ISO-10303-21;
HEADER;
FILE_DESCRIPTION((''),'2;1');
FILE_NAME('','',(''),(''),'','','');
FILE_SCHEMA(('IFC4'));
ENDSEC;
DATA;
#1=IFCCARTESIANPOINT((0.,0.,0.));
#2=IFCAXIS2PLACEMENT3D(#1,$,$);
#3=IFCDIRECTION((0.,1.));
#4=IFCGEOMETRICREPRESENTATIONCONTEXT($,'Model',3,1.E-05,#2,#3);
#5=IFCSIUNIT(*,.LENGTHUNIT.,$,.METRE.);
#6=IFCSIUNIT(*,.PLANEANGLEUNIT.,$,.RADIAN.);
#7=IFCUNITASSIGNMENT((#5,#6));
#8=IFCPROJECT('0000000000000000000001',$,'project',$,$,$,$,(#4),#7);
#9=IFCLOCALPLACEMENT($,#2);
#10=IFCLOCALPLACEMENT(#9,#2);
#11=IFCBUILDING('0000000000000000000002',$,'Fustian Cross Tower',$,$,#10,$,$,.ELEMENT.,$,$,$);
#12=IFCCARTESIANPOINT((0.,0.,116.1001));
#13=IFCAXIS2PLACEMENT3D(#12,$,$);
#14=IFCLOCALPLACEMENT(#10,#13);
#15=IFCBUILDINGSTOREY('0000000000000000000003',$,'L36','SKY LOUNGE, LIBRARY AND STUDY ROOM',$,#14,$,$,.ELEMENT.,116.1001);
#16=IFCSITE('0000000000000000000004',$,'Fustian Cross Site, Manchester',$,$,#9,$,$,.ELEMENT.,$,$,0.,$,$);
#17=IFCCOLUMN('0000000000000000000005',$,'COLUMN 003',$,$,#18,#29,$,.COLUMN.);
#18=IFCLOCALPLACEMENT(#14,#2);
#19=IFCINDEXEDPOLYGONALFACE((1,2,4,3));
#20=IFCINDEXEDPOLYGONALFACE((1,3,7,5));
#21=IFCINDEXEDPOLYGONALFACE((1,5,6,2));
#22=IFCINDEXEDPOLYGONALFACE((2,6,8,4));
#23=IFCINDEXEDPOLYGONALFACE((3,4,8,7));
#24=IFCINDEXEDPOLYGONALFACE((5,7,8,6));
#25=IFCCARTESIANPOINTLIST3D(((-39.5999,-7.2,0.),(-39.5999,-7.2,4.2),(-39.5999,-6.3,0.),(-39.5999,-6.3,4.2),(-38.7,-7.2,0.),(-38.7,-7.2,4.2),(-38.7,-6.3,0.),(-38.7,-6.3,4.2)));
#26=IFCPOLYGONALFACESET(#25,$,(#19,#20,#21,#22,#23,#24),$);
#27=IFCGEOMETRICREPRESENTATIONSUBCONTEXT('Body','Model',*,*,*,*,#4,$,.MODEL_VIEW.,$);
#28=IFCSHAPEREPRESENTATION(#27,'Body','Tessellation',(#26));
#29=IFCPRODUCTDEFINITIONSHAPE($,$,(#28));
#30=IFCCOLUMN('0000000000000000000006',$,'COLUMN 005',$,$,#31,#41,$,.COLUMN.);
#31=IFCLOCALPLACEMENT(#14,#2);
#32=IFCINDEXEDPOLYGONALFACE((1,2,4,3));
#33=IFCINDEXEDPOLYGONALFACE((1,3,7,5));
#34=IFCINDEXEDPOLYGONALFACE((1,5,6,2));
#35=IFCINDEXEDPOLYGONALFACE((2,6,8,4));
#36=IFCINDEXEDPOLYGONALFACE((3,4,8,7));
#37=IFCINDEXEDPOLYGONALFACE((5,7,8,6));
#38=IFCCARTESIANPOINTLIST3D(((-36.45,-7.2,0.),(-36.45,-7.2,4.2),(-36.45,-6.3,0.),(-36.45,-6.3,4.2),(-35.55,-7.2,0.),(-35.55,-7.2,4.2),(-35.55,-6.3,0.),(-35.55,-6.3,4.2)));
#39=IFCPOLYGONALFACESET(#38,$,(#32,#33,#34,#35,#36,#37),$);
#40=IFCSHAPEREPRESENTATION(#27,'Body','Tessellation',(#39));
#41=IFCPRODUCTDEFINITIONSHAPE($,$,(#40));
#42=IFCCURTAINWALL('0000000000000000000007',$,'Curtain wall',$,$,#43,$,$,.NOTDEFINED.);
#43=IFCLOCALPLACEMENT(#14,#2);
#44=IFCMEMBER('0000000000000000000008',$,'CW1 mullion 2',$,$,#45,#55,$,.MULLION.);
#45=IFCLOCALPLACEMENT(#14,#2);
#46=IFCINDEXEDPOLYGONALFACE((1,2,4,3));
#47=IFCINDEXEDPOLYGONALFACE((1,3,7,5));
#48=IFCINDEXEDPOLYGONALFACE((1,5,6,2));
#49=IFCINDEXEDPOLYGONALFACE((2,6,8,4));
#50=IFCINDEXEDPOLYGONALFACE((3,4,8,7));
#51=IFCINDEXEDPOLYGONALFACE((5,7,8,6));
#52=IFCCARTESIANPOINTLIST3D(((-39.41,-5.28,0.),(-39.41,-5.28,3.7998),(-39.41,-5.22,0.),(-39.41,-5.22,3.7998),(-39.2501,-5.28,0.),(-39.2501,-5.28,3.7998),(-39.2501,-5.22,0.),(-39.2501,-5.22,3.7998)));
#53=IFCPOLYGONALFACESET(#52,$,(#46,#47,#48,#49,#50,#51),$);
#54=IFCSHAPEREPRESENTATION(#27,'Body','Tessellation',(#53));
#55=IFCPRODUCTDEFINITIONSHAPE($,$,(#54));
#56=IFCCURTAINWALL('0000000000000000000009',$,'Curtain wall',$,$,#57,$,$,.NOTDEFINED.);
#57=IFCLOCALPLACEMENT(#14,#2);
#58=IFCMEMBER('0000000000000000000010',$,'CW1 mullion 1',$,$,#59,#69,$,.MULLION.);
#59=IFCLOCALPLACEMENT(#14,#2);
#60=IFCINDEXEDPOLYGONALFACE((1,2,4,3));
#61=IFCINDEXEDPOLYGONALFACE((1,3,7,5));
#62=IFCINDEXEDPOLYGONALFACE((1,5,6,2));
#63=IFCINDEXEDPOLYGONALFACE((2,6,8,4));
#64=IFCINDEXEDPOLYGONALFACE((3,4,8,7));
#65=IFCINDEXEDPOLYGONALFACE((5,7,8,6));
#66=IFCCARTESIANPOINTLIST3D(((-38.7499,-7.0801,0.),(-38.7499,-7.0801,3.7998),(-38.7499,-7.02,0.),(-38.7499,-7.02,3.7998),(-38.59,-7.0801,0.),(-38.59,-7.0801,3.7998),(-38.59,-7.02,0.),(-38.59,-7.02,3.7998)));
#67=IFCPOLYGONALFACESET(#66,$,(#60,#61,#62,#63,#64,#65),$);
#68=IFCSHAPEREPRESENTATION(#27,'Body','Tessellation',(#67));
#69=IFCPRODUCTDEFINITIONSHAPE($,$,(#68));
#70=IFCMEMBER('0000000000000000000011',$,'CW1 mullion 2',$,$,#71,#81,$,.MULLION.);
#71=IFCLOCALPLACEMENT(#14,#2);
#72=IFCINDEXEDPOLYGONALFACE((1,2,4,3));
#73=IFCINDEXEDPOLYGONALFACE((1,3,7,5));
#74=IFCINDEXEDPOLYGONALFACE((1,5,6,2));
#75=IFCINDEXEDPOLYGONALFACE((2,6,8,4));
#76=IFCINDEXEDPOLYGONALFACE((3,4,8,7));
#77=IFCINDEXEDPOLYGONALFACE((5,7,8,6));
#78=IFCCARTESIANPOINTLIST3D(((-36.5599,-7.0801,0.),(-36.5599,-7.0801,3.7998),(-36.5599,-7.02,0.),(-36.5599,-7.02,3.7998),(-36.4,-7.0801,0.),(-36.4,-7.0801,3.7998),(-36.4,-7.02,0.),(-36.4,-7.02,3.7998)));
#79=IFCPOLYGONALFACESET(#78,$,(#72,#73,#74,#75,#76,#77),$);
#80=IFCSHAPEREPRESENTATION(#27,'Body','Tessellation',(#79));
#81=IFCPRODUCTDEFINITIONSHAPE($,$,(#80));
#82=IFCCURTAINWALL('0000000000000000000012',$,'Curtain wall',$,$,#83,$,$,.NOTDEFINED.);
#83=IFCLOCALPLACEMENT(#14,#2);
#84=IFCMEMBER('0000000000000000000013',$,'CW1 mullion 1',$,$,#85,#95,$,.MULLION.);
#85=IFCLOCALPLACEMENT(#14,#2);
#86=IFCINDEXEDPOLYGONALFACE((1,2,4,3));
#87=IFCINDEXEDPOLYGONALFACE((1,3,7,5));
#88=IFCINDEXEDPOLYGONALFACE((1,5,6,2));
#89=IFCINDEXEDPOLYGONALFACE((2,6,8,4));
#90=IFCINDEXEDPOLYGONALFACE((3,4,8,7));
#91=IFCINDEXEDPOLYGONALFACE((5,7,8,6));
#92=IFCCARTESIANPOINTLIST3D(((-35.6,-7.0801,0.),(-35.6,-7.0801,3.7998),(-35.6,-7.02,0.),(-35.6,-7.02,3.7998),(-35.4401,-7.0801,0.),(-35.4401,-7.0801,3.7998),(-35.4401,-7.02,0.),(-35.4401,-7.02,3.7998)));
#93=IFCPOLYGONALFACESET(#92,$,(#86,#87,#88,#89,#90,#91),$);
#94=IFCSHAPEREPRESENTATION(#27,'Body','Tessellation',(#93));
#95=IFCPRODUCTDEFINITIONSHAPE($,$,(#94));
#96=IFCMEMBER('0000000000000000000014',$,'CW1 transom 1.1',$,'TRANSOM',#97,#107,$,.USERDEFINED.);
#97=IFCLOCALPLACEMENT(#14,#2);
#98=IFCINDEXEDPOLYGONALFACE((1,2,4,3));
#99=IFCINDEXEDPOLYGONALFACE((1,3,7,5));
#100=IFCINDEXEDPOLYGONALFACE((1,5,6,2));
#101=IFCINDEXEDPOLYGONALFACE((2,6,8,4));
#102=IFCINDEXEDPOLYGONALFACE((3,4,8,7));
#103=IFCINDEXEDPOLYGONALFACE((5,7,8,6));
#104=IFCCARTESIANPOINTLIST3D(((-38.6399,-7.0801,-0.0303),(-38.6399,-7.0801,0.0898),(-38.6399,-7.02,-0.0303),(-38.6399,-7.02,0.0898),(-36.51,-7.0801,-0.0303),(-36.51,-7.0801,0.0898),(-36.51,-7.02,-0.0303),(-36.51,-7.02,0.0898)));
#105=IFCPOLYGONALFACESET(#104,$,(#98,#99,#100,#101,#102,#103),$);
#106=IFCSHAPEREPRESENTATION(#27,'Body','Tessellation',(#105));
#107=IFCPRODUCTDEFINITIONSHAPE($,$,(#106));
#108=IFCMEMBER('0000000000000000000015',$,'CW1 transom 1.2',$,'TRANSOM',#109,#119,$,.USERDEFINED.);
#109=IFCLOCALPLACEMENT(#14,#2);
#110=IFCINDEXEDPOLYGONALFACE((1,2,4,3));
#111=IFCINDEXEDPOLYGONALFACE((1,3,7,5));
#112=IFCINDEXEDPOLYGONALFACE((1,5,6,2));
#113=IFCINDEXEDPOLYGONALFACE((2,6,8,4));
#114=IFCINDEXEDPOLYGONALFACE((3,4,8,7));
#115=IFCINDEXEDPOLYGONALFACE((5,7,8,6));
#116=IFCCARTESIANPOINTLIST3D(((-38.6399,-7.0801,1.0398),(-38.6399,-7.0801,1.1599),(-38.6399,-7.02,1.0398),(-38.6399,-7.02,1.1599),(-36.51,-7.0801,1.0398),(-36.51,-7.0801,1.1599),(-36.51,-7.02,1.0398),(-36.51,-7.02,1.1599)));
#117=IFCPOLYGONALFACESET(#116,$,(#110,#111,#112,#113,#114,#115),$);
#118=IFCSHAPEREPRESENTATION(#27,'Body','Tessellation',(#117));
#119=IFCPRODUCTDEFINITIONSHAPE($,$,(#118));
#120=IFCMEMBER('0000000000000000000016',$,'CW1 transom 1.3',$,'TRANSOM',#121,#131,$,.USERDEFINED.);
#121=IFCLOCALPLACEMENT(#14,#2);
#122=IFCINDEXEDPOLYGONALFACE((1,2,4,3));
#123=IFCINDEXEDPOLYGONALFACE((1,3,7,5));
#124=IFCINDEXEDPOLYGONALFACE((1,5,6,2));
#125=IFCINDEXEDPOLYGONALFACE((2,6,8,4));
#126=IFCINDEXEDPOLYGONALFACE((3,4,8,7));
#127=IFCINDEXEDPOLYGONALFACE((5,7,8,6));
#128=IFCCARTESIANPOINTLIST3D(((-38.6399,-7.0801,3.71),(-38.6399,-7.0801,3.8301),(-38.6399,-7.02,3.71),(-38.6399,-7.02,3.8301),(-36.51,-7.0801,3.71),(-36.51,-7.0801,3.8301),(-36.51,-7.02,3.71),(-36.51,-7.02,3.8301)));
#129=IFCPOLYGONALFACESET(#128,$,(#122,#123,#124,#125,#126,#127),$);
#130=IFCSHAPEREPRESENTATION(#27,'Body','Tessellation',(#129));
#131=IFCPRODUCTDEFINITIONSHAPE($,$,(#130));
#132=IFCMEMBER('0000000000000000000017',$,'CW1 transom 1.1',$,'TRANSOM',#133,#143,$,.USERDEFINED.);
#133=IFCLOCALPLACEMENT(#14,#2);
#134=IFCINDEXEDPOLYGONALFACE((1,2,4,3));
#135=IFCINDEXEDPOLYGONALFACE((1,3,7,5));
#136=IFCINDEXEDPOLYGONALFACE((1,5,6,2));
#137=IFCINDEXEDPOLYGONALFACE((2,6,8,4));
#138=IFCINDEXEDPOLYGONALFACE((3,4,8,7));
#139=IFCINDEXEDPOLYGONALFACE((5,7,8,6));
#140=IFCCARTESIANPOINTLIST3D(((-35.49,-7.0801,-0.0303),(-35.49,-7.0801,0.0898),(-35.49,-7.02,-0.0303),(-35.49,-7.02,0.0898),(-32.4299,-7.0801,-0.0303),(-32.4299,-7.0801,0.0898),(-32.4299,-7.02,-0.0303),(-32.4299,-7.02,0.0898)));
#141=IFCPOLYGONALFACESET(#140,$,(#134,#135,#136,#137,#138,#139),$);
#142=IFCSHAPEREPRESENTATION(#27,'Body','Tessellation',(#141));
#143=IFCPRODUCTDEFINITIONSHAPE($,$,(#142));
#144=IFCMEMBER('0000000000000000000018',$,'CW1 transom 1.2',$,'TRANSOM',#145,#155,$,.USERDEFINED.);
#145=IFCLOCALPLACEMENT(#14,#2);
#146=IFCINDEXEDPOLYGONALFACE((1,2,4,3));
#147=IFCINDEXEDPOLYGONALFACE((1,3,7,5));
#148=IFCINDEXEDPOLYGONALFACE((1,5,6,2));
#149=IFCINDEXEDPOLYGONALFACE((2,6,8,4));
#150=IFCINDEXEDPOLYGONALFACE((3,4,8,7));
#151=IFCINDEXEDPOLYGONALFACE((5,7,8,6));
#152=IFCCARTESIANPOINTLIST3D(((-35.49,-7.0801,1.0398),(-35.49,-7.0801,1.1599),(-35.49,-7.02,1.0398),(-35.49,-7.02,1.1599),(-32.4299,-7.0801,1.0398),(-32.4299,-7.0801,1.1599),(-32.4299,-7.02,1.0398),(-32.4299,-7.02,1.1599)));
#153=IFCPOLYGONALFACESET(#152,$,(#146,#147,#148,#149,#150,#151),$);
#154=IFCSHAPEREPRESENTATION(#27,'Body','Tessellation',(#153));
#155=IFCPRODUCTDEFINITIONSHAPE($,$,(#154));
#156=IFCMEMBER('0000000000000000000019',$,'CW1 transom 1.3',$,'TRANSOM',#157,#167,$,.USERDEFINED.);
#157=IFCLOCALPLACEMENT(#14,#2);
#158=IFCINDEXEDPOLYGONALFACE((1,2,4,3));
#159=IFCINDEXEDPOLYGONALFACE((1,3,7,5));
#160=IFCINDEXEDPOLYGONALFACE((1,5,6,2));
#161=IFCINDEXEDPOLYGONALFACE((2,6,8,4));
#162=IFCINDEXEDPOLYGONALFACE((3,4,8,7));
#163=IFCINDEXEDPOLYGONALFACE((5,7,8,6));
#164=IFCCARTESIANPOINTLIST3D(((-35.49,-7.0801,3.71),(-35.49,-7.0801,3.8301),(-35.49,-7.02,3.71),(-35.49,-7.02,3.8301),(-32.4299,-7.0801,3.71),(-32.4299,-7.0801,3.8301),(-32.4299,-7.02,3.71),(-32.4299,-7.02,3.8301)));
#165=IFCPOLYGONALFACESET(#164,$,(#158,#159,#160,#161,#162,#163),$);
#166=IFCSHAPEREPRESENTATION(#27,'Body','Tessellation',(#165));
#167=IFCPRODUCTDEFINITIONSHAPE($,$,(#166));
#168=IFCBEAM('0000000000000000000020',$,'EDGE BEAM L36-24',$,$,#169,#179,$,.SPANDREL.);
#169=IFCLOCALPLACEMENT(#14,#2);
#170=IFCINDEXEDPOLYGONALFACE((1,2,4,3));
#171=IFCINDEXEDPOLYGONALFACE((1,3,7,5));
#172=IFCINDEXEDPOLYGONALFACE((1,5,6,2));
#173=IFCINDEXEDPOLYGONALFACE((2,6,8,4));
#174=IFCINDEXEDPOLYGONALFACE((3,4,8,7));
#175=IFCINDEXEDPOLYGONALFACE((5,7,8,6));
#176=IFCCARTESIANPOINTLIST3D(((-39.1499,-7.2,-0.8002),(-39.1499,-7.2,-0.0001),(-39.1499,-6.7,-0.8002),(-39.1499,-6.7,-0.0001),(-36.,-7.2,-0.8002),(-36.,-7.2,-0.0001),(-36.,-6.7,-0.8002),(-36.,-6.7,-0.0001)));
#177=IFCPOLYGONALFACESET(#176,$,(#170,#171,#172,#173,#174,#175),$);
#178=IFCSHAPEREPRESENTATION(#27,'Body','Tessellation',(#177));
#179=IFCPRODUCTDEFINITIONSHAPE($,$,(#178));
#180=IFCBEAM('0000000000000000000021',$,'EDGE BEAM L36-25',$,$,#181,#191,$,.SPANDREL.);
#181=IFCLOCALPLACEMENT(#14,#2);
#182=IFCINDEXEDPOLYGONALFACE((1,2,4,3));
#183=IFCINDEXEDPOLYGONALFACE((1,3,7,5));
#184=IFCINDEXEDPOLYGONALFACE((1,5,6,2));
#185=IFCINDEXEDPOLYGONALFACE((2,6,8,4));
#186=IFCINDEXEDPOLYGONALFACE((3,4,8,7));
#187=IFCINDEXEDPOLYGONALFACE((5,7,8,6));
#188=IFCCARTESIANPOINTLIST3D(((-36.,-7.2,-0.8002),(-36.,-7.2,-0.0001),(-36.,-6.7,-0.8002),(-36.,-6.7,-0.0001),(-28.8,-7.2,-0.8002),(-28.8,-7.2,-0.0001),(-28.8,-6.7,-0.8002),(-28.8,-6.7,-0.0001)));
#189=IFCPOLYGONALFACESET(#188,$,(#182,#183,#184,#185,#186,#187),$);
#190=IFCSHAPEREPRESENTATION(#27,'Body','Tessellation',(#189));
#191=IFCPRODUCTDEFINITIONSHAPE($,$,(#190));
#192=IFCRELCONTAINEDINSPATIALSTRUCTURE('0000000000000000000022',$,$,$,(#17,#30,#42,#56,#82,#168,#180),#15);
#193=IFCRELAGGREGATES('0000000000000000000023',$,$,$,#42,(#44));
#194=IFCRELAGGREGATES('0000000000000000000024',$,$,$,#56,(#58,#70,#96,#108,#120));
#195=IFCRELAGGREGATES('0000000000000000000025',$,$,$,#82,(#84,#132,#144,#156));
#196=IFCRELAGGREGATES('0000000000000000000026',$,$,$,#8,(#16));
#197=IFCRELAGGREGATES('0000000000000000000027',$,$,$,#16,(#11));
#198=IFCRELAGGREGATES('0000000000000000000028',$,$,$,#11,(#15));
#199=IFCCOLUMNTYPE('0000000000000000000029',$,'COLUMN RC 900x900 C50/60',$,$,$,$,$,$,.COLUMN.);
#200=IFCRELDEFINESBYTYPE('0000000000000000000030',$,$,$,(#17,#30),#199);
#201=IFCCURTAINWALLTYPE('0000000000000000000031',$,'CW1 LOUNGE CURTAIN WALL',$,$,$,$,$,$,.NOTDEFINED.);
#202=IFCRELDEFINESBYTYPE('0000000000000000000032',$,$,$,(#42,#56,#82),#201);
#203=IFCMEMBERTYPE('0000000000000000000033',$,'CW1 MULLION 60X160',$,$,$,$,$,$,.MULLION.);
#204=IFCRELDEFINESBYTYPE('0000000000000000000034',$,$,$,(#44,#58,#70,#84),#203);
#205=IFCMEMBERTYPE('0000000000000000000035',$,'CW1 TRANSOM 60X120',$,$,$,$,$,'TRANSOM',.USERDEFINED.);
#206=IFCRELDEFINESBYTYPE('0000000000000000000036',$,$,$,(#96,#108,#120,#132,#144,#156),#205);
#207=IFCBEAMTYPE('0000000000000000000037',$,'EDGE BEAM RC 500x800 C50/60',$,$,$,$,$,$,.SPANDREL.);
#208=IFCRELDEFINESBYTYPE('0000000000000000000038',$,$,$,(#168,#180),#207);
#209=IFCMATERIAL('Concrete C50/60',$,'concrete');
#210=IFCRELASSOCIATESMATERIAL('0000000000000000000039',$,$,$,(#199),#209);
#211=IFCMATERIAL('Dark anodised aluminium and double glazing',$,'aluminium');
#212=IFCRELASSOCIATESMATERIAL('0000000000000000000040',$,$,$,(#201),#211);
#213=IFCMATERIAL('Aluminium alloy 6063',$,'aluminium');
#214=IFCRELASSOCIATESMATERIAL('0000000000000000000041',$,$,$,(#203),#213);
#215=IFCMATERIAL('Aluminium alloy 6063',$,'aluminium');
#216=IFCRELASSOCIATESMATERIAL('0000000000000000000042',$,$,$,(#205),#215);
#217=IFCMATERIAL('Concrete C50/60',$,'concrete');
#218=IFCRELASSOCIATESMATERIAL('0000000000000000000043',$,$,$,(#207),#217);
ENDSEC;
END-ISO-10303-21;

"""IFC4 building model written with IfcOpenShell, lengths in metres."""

from ifc_helpers import new_model, si_unit, direction, frame, origin, origin_2d, place, context, subcontext, project, spatial, rectangle, extrude, material, material_profile, profile_set, type_object, element, aggregate, save


model = new_model("IFC4")

# Units and contexts
model_context = context("Model", 3, precision=1e-05, world=origin(), true_north=direction((0.0, 1.0)))
body_context = subcontext(model_context, "Body", "Model", "MODEL_VIEW")
ifc_project = project(units=[si_unit("LENGTHUNIT", "METRE"), si_unit("PLANEANGLEUNIT", "RADIAN")], contexts=[model_context])

# Site, building, storey
site_placement = place(None, origin())
site = spatial("IfcSite", under=ifc_project, at=site_placement, Name="Fustian Cross Site, Manchester", CompositionType="ELEMENT", RefElevation=0.0)
building_placement = place(site_placement, origin())
building = spatial("IfcBuilding", under=site, at=building_placement, Name="Fustian Cross Tower", CompositionType="ELEMENT")
storey_placement = place(building_placement, frame((0.0, 0.0, 116.1001)))
storey = spatial("IfcBuildingStorey", under=building, at=storey_placement, Name="L36", Description="SKY LOUNGE, LIBRARY AND STUDY ROOM", CompositionType="ELEMENT", Elevation=116.1001)

# Columns
ifc_material_1 = material(Name="Concrete C50/60", Category="concrete")
ifc_material_profile_1 = material_profile(ifc_material_1, rectangle(XDim=0.8999, YDim=0.8999, at=origin_2d()), Name="RC 900x900")
ifc_profile_set_1 = profile_set([ifc_material_profile_1], Name="Concrete C50/60")
column_type = type_object("IfcColumnType", Name="COLUMN RC 900x900 C50/60", PredefinedType="COLUMN", material=ifc_profile_set_1)
for number, where, z_axis, x_axis, name in (
    (1, (-39.1499, -6.75, 0.0), (0.0, 0.0, 1.0), (1.0, 0.0, 0.0), "COLUMN 003"),
    (2, (-36.0, -6.75, 0.0), (0.0, 0.0, 1.0), (1.0, 0.0, 0.0), "COLUMN 005"),
):
    element("IfcColumn", number, at=place(storey_placement, frame(where, z_axis=z_axis, x_axis=x_axis)), inside=storey, type_object=column_type, Name=name, PredefinedType="COLUMN", context=body_context, shape_type="SweptSolid", body=[
        extrude(rectangle(XDim=0.8999, YDim=0.8999, at=origin_2d()), origin(), (0.0, 0.0, 1.0), 4.2),
    ])

# Curtain wall, member
ifc_material_2 = material(Name="Dark anodised aluminium and double glazing", Category="aluminium")
curtain_wall_type = type_object("IfcCurtainWallType", Name="CW1 LOUNGE CURTAIN WALL", PredefinedType="NOTDEFINED", material=ifc_material_2)
curtain_wall_1_placement = place(storey_placement, origin())
curtain_wall_1 = element("IfcCurtainWall", 3, at=curtain_wall_1_placement, inside=storey, type_object=curtain_wall_type, Name="Curtain wall", PredefinedType="NOTDEFINED")
ifc_material_3 = material(Name="Aluminium alloy 6063", Category="aluminium")
ifc_material_profile_2 = material_profile(ifc_material_3, rectangle(XDim=0.0601, YDim=0.1599, at=origin_2d()), Name="CW1 MULLION 60X160")
ifc_profile_set_2 = profile_set([ifc_material_profile_2], Name="Aluminium alloy 6063")
member_type_1 = type_object("IfcMemberType", Name="CW1 MULLION 60X160", PredefinedType="MULLION", material=ifc_profile_set_2)
member_1_placement = place(storey_placement, frame((-39.3301, -5.25, 0.0), z_axis=(0.0, 0.0, 1.0), x_axis=(0.0, 1.0, 0.0)))
member_1 = element("IfcMember", 4, at=member_1_placement, type_object=member_type_1, Name="CW1 mullion 2", PredefinedType="MULLION", context=body_context, shape_type="SweptSolid", body=[
    extrude(rectangle(XDim=0.0601, YDim=0.1599, at=origin_2d()), origin(), (0.0, 0.0, 1.0), 3.7998),
])
aggregate(curtain_wall_1, [member_1])

# Curtain wall, members
curtain_wall_2_placement = place(storey_placement, origin())
curtain_wall_2 = element("IfcCurtainWall", 5, at=curtain_wall_2_placement, inside=storey, type_object=curtain_wall_type, Name="Curtain wall", PredefinedType="NOTDEFINED")
member_2_placement = place(storey_placement, frame((-38.6699, -7.05, 0.0), z_axis=(0.0, 0.0, 1.0), x_axis=(0.0, 1.0, 0.0)))
member_2 = element("IfcMember", 6, at=member_2_placement, type_object=member_type_1, Name="CW1 mullion 1", PredefinedType="MULLION", context=body_context, shape_type="SweptSolid", body=[
    extrude(rectangle(XDim=0.0601, YDim=0.1599, at=origin_2d()), origin(), (0.0, 0.0, 1.0), 3.7998),
])
member_3_placement = place(storey_placement, frame((-36.48, -7.05, 0.0), z_axis=(0.0, 0.0, 1.0), x_axis=(0.0, 1.0, 0.0)))
member_3 = element("IfcMember", 7, at=member_3_placement, type_object=member_type_1, Name="CW1 mullion 2", PredefinedType="MULLION", context=body_context, shape_type="SweptSolid", body=[
    extrude(rectangle(XDim=0.0601, YDim=0.1599, at=origin_2d()), origin(), (0.0, 0.0, 1.0), 3.7998),
])

# Curtain wall, member
curtain_wall_3_placement = place(storey_placement, origin())
curtain_wall_3 = element("IfcCurtainWall", 8, at=curtain_wall_3_placement, inside=storey, type_object=curtain_wall_type, Name="Curtain wall", PredefinedType="NOTDEFINED")
member_4_placement = place(storey_placement, frame((-35.52, -7.05, 0.0), z_axis=(0.0, 0.0, 1.0), x_axis=(0.0, 1.0, 0.0)))
member_4 = element("IfcMember", 9, at=member_4_placement, type_object=member_type_1, Name="CW1 mullion 1", PredefinedType="MULLION", context=body_context, shape_type="SweptSolid", body=[
    extrude(rectangle(XDim=0.0601, YDim=0.1599, at=origin_2d()), origin(), (0.0, 0.0, 1.0), 3.7998),
])

# Members
ifc_material_4 = material(Name="Aluminium alloy 6063", Category="aluminium")
ifc_material_profile_3 = material_profile(ifc_material_4, rectangle(XDim=0.0601, YDim=0.1201, at=origin_2d()), Name="CW1 TRANSOM 60X120")
ifc_profile_set_3 = profile_set([ifc_material_profile_3], Name="Aluminium alloy 6063")
member_type_2 = type_object("IfcMemberType", Name="CW1 TRANSOM 60X120", ElementType="TRANSOM", PredefinedType="USERDEFINED", material=ifc_profile_set_3)
member_5_placement = place(storey_placement, frame((-38.6399, -7.05, 0.0298), z_axis=(1.0, 0.0, 0.0), x_axis=(0.0, 1.0, 0.0)))
member_5 = element("IfcMember", 10, at=member_5_placement, type_object=member_type_2, Name="CW1 transom 1.1", ObjectType="TRANSOM", PredefinedType="USERDEFINED", context=body_context, shape_type="SweptSolid", body=[
    extrude(rectangle(XDim=0.0601, YDim=0.1201, at=origin_2d()), origin(), (0.0, 0.0, 1.0), 2.1299),
])
member_6_placement = place(storey_placement, frame((-38.6399, -7.05, 1.0999), z_axis=(1.0, 0.0, 0.0), x_axis=(0.0, 1.0, 0.0)))
member_6 = element("IfcMember", 11, at=member_6_placement, type_object=member_type_2, Name="CW1 transom 1.2", ObjectType="TRANSOM", PredefinedType="USERDEFINED", context=body_context, shape_type="SweptSolid", body=[
    extrude(rectangle(XDim=0.0601, YDim=0.1201, at=origin_2d()), origin(), (0.0, 0.0, 1.0), 2.1299),
])
member_7_placement = place(storey_placement, frame((-38.6399, -7.05, 3.77), z_axis=(1.0, 0.0, 0.0), x_axis=(0.0, 1.0, 0.0)))
member_7 = element("IfcMember", 12, at=member_7_placement, type_object=member_type_2, Name="CW1 transom 1.3", ObjectType="TRANSOM", PredefinedType="USERDEFINED", context=body_context, shape_type="SweptSolid", body=[
    extrude(rectangle(XDim=0.0601, YDim=0.1201, at=origin_2d()), origin(), (0.0, 0.0, 1.0), 2.1299),
])
member_8_placement = place(storey_placement, frame((-35.49, -7.05, 0.0298), z_axis=(1.0, 0.0, 0.0), x_axis=(0.0, 1.0, 0.0)))
member_8 = element("IfcMember", 13, at=member_8_placement, type_object=member_type_2, Name="CW1 transom 1.1", ObjectType="TRANSOM", PredefinedType="USERDEFINED", context=body_context, shape_type="SweptSolid", body=[
    extrude(rectangle(XDim=0.0601, YDim=0.1201, at=origin_2d()), origin(), (0.0, 0.0, 1.0), 3.0601),
])
member_9_placement = place(storey_placement, frame((-35.49, -7.05, 1.0999), z_axis=(1.0, 0.0, 0.0), x_axis=(0.0, 1.0, 0.0)))
member_9 = element("IfcMember", 14, at=member_9_placement, type_object=member_type_2, Name="CW1 transom 1.2", ObjectType="TRANSOM", PredefinedType="USERDEFINED", context=body_context, shape_type="SweptSolid", body=[
    extrude(rectangle(XDim=0.0601, YDim=0.1201, at=origin_2d()), origin(), (0.0, 0.0, 1.0), 3.0601),
])
member_10_placement = place(storey_placement, frame((-35.49, -7.05, 3.77), z_axis=(1.0, 0.0, 0.0), x_axis=(0.0, 1.0, 0.0)))
member_10 = element("IfcMember", 15, at=member_10_placement, type_object=member_type_2, Name="CW1 transom 1.3", ObjectType="TRANSOM", PredefinedType="USERDEFINED", context=body_context, shape_type="SweptSolid", body=[
    extrude(rectangle(XDim=0.0601, YDim=0.1201, at=origin_2d()), origin(), (0.0, 0.0, 1.0), 3.0601),
])

# Beams
ifc_material_5 = material(Name="Concrete C50/60", Category="concrete")
ifc_material_profile_4 = material_profile(ifc_material_5, rectangle(XDim=0.5, YDim=0.8, at=origin_2d()), Name="RC 500x800")
ifc_profile_set_4 = profile_set([ifc_material_profile_4], Name="Concrete C50/60")
beam_type = type_object("IfcBeamType", Name="EDGE BEAM RC 500x800 C50/60", PredefinedType="SPANDREL", material=ifc_profile_set_4)
beam_1_placement = place(storey_placement, frame((-39.1499, -6.95, -0.4001), z_axis=(1.0, 0.0, 0.0), x_axis=(0.0, 1.0, 0.0)))
element("IfcBeam", 16, at=beam_1_placement, inside=storey, type_object=beam_type, Name="EDGE BEAM L36-24", PredefinedType="SPANDREL", context=body_context, shape_type="SweptSolid", body=[
    extrude(rectangle(XDim=0.5, YDim=0.8, at=origin_2d()), origin(), (0.0, 0.0, 1.0), 3.1499),
])
beam_2_placement = place(storey_placement, frame((-36.0, -6.95, -0.4001), z_axis=(1.0, 0.0, 0.0), x_axis=(0.0, 1.0, 0.0)))
element("IfcBeam", 17, at=beam_2_placement, inside=storey, type_object=beam_type, Name="EDGE BEAM L36-25", PredefinedType="SPANDREL", context=body_context, shape_type="SweptSolid", body=[
    extrude(rectangle(XDim=0.5, YDim=0.8, at=origin_2d()), origin(), (0.0, 0.0, 1.0), 7.2),
])

aggregate(curtain_wall_2, [member_2, member_3, member_5, member_6, member_7])
aggregate(curtain_wall_3, [member_4, member_8, member_9, member_10])

save(model, "model.ifc")
